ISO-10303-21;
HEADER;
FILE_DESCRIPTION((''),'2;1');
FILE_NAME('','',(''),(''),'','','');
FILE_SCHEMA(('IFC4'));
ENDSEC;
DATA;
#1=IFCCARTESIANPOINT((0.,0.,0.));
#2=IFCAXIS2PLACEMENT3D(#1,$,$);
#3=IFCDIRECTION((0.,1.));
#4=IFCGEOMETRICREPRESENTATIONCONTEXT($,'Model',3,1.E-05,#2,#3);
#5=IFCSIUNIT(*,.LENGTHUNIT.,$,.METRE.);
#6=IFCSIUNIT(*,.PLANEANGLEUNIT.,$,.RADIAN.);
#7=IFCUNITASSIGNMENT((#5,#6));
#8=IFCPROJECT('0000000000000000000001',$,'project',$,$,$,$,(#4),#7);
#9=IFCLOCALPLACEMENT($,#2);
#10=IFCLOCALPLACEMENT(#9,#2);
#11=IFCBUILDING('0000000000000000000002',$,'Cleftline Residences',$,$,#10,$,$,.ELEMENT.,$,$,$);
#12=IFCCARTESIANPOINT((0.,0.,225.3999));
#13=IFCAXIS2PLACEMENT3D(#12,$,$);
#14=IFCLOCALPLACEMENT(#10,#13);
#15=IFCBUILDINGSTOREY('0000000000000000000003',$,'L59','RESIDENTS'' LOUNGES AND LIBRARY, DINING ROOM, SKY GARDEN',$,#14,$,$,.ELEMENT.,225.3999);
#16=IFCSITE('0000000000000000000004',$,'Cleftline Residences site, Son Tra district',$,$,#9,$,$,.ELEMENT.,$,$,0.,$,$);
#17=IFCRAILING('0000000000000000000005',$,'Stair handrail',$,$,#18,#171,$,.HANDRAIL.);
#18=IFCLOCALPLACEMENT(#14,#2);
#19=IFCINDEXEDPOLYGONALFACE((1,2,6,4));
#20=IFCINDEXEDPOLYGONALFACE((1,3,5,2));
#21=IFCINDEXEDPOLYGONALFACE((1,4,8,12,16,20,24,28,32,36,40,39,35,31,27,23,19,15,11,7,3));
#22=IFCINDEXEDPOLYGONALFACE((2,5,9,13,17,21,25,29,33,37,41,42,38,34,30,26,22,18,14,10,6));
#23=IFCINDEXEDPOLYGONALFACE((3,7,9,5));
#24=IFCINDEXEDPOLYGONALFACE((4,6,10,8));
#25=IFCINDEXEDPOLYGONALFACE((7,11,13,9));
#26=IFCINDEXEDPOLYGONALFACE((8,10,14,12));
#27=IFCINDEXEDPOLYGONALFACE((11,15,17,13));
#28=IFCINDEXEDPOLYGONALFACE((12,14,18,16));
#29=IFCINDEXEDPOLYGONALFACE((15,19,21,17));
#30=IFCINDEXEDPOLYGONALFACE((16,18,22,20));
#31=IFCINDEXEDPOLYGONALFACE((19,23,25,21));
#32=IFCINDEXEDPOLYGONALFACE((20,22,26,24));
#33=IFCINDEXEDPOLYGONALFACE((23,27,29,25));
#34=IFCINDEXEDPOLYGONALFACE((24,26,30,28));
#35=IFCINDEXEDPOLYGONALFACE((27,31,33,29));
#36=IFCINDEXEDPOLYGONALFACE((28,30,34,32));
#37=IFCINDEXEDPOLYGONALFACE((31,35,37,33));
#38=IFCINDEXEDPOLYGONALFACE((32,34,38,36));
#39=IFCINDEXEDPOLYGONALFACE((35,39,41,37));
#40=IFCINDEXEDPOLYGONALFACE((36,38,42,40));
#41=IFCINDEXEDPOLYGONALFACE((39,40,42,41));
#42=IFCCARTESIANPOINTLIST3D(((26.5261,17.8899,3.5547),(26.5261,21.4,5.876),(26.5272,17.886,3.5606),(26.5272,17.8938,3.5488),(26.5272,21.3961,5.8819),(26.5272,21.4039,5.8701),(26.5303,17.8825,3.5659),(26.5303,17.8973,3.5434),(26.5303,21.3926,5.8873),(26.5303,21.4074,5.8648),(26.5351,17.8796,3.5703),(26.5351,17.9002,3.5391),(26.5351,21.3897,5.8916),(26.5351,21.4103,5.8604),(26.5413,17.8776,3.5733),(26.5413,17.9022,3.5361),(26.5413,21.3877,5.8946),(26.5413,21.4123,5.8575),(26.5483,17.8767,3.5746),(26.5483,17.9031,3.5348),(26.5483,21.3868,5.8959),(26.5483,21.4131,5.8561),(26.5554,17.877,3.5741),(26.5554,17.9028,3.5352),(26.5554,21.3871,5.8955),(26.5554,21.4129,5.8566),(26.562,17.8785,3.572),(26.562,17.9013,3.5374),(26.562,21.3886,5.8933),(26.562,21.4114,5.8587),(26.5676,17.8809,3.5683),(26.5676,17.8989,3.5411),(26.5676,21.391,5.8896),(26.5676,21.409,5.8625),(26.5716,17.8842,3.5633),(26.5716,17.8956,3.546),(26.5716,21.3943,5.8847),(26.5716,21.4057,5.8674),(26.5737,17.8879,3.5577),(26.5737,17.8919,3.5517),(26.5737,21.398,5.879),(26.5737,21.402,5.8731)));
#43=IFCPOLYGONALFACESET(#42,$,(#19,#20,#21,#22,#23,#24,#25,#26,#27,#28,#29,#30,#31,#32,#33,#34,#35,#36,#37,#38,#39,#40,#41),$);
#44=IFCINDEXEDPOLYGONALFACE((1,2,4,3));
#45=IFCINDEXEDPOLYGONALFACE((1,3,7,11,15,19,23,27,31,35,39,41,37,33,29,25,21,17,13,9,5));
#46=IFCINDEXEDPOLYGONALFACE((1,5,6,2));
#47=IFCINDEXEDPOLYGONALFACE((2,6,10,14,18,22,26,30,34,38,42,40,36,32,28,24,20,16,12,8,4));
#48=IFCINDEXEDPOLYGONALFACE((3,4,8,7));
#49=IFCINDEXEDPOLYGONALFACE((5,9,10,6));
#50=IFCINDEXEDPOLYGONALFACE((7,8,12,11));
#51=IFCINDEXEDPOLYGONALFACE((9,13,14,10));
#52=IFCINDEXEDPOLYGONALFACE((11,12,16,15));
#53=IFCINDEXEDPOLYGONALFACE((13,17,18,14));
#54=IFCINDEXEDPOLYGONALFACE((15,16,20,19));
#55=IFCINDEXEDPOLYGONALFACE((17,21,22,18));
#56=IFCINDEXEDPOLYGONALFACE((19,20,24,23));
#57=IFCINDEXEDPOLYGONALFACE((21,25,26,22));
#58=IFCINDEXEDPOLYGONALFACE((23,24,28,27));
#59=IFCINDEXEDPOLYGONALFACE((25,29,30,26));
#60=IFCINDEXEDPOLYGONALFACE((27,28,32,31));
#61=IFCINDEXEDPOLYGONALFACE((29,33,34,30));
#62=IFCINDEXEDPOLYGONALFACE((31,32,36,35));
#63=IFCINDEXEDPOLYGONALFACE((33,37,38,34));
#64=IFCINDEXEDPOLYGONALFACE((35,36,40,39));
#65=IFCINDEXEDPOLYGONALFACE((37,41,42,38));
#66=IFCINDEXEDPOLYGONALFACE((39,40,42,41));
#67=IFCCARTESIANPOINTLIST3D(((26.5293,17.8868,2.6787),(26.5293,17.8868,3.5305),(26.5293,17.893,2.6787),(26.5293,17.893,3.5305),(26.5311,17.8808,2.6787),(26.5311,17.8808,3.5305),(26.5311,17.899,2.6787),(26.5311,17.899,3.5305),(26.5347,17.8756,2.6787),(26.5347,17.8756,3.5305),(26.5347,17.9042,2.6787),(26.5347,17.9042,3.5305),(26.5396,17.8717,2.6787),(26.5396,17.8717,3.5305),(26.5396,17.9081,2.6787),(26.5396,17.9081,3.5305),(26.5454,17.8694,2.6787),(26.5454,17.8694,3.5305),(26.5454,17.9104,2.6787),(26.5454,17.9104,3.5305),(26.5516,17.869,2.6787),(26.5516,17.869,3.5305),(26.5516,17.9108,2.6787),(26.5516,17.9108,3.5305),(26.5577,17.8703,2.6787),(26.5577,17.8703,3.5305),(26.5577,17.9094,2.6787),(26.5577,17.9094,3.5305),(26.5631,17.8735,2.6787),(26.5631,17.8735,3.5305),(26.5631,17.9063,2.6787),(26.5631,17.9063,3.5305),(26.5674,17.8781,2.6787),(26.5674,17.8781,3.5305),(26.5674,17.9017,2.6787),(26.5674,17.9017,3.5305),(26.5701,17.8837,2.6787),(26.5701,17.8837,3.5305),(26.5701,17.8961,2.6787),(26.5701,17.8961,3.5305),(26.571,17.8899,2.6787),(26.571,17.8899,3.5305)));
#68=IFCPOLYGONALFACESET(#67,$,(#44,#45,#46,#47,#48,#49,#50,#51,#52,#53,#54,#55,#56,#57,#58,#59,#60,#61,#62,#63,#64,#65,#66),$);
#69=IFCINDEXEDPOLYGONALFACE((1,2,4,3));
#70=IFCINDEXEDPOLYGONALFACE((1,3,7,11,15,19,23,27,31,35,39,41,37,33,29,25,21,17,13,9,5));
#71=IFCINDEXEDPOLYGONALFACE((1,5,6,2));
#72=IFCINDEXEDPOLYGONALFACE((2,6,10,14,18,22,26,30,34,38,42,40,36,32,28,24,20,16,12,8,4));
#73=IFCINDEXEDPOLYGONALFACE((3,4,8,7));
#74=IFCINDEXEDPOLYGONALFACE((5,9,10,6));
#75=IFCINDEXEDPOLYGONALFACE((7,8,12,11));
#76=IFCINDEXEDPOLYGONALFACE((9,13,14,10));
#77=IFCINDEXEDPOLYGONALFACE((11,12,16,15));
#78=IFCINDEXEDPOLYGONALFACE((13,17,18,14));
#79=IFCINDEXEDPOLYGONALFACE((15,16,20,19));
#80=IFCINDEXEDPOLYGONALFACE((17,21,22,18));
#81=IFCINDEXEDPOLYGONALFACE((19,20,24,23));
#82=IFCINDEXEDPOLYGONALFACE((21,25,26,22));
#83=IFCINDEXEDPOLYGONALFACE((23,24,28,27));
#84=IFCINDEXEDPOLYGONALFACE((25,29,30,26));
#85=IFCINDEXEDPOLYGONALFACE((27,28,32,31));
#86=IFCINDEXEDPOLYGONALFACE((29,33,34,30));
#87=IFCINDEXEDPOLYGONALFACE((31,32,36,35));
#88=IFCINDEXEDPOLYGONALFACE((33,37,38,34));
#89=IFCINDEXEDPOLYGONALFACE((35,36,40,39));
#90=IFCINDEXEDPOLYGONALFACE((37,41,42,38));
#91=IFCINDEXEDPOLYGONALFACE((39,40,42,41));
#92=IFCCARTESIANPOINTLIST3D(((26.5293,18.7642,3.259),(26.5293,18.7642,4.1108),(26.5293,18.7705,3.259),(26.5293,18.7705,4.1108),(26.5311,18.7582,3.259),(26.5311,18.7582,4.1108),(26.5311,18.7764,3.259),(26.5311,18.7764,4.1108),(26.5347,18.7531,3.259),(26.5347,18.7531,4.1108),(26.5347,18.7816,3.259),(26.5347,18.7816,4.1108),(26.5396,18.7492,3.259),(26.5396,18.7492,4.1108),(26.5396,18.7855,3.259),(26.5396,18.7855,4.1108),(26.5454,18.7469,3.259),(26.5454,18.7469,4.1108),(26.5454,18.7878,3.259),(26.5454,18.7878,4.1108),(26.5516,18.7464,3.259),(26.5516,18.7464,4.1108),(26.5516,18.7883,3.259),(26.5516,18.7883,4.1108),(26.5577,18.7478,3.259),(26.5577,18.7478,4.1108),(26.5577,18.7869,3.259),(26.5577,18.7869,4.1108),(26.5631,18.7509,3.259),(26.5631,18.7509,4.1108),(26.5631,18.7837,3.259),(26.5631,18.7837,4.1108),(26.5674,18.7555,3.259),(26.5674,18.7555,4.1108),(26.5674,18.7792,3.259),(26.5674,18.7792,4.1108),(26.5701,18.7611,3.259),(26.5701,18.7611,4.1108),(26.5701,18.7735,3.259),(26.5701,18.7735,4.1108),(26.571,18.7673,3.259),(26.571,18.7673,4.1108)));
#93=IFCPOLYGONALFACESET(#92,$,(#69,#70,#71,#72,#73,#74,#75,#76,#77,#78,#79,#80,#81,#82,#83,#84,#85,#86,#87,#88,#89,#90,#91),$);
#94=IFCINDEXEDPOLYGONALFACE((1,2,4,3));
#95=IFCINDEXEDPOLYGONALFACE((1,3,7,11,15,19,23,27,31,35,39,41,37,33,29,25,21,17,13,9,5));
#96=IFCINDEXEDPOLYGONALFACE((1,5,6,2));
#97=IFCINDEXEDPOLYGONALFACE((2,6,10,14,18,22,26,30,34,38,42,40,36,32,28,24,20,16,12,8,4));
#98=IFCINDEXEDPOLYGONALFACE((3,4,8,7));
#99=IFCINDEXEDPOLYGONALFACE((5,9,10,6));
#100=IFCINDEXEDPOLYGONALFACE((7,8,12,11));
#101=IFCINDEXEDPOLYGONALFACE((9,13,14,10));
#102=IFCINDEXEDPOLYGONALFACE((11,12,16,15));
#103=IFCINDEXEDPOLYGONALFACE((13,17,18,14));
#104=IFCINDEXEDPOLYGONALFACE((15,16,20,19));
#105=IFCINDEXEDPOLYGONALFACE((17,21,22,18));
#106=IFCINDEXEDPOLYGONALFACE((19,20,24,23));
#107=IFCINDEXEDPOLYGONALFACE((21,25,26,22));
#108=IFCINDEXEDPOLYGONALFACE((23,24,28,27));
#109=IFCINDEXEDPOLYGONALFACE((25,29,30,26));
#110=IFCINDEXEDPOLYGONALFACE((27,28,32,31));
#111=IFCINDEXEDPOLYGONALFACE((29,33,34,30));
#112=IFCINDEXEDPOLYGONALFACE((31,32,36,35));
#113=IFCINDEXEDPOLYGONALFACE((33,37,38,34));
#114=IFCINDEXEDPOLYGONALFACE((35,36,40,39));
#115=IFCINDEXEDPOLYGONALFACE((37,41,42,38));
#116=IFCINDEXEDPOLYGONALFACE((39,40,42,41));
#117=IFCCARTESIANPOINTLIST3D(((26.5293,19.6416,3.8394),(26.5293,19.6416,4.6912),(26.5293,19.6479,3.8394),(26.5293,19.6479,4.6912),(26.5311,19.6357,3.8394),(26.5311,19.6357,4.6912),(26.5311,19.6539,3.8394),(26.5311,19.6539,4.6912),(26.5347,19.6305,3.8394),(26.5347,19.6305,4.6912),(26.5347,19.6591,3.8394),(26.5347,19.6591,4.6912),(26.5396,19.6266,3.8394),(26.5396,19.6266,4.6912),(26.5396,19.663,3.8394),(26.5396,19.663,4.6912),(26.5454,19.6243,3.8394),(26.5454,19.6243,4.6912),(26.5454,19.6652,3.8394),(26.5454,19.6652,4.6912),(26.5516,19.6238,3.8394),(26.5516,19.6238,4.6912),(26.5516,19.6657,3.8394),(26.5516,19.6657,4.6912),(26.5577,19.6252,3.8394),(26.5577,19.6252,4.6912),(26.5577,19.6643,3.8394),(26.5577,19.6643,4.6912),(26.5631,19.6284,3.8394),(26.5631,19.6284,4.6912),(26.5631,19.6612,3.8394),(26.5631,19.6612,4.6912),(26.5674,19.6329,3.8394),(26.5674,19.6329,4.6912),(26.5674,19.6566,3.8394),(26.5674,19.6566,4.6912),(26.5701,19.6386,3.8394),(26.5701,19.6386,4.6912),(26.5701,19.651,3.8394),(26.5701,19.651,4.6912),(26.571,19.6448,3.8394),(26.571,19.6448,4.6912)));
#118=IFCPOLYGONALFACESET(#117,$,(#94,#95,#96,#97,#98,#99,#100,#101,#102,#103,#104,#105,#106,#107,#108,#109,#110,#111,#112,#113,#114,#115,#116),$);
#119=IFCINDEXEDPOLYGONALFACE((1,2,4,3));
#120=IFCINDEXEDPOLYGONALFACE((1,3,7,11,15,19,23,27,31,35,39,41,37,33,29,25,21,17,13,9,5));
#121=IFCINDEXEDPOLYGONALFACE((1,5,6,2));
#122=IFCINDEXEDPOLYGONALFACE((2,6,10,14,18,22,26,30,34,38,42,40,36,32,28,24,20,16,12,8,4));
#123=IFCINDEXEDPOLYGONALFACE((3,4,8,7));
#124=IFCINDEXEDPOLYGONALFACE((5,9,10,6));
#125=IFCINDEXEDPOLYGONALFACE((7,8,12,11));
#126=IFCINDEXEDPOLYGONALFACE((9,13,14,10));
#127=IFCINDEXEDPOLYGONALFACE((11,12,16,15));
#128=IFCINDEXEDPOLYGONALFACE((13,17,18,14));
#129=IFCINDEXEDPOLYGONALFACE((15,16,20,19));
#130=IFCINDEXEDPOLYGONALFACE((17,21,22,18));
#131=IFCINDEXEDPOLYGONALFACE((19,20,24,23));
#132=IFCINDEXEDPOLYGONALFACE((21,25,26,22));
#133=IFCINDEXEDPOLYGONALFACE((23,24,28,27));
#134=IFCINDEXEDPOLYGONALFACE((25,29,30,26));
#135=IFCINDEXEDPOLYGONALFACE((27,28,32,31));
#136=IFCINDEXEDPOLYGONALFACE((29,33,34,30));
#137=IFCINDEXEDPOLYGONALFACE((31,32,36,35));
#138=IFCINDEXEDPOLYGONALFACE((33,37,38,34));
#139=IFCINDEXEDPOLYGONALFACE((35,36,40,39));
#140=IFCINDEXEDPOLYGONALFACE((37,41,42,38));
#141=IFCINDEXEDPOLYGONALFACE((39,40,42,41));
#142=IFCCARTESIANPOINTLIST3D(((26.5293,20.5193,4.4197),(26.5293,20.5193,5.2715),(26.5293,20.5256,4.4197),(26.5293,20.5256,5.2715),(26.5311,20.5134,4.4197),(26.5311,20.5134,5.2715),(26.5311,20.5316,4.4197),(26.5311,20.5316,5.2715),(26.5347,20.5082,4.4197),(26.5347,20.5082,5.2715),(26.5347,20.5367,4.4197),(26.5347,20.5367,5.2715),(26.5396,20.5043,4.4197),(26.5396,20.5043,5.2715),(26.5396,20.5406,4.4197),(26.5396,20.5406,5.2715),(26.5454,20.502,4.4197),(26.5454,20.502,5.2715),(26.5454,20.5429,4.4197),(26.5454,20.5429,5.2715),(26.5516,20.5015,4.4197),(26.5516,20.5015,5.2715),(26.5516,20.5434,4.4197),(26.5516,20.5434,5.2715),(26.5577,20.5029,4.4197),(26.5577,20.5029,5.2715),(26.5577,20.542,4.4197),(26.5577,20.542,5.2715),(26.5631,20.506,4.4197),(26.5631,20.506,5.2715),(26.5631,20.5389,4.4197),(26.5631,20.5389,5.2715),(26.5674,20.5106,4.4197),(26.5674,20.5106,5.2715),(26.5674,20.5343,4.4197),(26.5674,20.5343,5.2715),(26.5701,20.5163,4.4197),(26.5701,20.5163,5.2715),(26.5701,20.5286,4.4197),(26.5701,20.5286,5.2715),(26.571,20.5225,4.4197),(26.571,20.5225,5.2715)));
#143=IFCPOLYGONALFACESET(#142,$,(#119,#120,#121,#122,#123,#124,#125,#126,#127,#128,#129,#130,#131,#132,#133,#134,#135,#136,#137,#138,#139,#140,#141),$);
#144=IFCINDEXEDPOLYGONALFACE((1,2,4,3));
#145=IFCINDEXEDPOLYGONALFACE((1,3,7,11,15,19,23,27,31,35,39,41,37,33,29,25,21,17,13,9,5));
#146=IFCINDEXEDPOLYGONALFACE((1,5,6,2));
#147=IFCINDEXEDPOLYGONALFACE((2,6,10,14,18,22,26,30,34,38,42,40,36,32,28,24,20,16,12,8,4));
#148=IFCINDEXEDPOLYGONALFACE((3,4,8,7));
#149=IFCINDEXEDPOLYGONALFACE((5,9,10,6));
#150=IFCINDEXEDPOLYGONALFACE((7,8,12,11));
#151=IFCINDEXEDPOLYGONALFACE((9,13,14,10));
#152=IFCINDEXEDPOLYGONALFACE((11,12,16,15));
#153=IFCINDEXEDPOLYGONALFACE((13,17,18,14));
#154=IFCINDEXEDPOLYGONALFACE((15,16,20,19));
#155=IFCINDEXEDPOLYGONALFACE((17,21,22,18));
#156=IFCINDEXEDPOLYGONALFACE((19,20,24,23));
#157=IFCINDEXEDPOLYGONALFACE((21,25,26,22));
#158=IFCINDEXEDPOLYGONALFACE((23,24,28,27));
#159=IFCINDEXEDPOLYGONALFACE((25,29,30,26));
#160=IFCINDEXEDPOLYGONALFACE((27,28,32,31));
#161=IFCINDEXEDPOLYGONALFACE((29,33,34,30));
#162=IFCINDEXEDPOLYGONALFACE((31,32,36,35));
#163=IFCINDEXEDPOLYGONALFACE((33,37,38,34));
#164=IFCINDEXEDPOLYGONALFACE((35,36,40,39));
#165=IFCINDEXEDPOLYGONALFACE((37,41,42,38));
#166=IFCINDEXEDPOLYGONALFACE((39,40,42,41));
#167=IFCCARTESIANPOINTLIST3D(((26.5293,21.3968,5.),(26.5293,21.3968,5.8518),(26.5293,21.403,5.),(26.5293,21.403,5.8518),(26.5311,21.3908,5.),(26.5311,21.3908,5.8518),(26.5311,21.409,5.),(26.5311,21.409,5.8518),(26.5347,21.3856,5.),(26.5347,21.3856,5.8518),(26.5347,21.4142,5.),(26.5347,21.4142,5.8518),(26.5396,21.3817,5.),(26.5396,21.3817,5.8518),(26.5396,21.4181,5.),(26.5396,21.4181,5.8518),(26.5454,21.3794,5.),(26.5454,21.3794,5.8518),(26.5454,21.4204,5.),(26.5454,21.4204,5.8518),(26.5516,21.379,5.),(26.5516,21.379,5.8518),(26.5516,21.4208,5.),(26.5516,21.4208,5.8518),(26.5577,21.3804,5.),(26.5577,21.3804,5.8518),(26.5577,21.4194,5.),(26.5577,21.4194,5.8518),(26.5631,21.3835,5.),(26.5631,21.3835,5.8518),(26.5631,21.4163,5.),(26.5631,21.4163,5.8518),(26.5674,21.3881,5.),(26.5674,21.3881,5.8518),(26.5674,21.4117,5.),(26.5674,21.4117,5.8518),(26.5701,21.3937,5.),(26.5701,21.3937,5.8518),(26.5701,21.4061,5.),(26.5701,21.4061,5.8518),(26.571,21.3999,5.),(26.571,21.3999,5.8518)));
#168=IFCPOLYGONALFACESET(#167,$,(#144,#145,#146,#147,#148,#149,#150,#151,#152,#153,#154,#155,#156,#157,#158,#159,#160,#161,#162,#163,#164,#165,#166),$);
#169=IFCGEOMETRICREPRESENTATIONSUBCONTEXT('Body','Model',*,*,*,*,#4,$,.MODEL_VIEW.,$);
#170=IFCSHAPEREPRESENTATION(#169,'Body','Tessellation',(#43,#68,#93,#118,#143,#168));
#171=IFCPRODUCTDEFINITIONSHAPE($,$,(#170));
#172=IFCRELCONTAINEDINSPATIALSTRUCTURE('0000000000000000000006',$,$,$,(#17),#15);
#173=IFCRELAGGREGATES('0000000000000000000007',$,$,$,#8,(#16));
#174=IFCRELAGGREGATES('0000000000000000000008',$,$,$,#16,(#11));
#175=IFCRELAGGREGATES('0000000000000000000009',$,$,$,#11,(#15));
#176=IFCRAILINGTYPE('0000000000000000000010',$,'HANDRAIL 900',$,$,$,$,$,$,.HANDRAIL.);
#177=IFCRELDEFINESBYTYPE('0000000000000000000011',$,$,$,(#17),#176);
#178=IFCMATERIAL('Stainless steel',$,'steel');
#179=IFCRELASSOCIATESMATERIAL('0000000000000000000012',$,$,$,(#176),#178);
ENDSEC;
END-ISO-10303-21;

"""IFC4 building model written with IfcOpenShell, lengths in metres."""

from ifc_helpers import new_model, si_unit, direction, frame, origin, origin_2d, place, context, subcontext, project, spatial, circle, extrude, material, type_object, element, save


model = new_model("IFC4")

# Units and contexts
model_context = context("Model", 3, precision=1e-05, world=origin(), true_north=direction((0.0, 1.0)))
body_context = subcontext(model_context, "Body", "Model", "MODEL_VIEW")
ifc_project = project(units=[si_unit("LENGTHUNIT", "METRE"), si_unit("PLANEANGLEUNIT", "RADIAN")], contexts=[model_context])

# Site, building, storey
site_placement = place(None, origin())
site = spatial("IfcSite", under=ifc_project, at=site_placement, Name="Cleftline Residences site, Son Tra district", CompositionType="ELEMENT", RefElevation=0.0)
building_placement = place(site_placement, origin())
building = spatial("IfcBuilding", under=site, at=building_placement, Name="Cleftline Residences", CompositionType="ELEMENT")
storey_placement = place(building_placement, frame((0.0, 0.0, 225.3999)))
storey = spatial("IfcBuildingStorey", under=building, at=storey_placement, Name="L59", Description="RESIDENTS' LOUNGES AND LIBRARY, DINING ROOM, SKY GARDEN", CompositionType="ELEMENT", Elevation=225.3999)

# Railing
ifc_material_1 = material(Name="Stainless steel", Category="steel")
railing_type = type_object("IfcRailingType", Name="HANDRAIL 900", PredefinedType="HANDRAIL", material=ifc_material_1)
railing_1_placement = place(storey_placement, frame((26.55, 17.8899, 2.6787)))
element("IfcRailing", 1, at=railing_1_placement, inside=storey, type_object=railing_type, Name="Stair handrail", PredefinedType="HANDRAIL", context=body_context, shape_type="SweptSolid", body=[
    extrude(circle(Radius=0.0239, at=origin_2d()), frame((0.0, 0.0, 0.876), z_axis=(0.0, 0.834097, 0.551617), x_axis=(-1.0, 0.0, 0.0)), (0.0, 0.0, 1.0), 4.2083),
    extrude(circle(Radius=0.021, at=origin_2d()), origin(), (0.0, 0.0, 1.0), 0.8518),
    extrude(circle(Radius=0.021, at=origin_2d()), frame((0.0, 0.8774, 0.5803)), (0.0, 0.0, 1.0), 0.8518),
    extrude(circle(Radius=0.021, at=origin_2d()), frame((0.0, 1.7549, 1.1606)), (0.0, 0.0, 1.0), 0.8518),
    extrude(circle(Radius=0.021, at=origin_2d()), frame((0.0, 2.6326, 1.741)), (0.0, 0.0, 1.0), 0.8518),
    extrude(circle(Radius=0.021, at=origin_2d()), frame((0.0, 3.51, 2.3213)), (0.0, 0.0, 1.0), 0.8518),
])

save(model, "model.ifc")
